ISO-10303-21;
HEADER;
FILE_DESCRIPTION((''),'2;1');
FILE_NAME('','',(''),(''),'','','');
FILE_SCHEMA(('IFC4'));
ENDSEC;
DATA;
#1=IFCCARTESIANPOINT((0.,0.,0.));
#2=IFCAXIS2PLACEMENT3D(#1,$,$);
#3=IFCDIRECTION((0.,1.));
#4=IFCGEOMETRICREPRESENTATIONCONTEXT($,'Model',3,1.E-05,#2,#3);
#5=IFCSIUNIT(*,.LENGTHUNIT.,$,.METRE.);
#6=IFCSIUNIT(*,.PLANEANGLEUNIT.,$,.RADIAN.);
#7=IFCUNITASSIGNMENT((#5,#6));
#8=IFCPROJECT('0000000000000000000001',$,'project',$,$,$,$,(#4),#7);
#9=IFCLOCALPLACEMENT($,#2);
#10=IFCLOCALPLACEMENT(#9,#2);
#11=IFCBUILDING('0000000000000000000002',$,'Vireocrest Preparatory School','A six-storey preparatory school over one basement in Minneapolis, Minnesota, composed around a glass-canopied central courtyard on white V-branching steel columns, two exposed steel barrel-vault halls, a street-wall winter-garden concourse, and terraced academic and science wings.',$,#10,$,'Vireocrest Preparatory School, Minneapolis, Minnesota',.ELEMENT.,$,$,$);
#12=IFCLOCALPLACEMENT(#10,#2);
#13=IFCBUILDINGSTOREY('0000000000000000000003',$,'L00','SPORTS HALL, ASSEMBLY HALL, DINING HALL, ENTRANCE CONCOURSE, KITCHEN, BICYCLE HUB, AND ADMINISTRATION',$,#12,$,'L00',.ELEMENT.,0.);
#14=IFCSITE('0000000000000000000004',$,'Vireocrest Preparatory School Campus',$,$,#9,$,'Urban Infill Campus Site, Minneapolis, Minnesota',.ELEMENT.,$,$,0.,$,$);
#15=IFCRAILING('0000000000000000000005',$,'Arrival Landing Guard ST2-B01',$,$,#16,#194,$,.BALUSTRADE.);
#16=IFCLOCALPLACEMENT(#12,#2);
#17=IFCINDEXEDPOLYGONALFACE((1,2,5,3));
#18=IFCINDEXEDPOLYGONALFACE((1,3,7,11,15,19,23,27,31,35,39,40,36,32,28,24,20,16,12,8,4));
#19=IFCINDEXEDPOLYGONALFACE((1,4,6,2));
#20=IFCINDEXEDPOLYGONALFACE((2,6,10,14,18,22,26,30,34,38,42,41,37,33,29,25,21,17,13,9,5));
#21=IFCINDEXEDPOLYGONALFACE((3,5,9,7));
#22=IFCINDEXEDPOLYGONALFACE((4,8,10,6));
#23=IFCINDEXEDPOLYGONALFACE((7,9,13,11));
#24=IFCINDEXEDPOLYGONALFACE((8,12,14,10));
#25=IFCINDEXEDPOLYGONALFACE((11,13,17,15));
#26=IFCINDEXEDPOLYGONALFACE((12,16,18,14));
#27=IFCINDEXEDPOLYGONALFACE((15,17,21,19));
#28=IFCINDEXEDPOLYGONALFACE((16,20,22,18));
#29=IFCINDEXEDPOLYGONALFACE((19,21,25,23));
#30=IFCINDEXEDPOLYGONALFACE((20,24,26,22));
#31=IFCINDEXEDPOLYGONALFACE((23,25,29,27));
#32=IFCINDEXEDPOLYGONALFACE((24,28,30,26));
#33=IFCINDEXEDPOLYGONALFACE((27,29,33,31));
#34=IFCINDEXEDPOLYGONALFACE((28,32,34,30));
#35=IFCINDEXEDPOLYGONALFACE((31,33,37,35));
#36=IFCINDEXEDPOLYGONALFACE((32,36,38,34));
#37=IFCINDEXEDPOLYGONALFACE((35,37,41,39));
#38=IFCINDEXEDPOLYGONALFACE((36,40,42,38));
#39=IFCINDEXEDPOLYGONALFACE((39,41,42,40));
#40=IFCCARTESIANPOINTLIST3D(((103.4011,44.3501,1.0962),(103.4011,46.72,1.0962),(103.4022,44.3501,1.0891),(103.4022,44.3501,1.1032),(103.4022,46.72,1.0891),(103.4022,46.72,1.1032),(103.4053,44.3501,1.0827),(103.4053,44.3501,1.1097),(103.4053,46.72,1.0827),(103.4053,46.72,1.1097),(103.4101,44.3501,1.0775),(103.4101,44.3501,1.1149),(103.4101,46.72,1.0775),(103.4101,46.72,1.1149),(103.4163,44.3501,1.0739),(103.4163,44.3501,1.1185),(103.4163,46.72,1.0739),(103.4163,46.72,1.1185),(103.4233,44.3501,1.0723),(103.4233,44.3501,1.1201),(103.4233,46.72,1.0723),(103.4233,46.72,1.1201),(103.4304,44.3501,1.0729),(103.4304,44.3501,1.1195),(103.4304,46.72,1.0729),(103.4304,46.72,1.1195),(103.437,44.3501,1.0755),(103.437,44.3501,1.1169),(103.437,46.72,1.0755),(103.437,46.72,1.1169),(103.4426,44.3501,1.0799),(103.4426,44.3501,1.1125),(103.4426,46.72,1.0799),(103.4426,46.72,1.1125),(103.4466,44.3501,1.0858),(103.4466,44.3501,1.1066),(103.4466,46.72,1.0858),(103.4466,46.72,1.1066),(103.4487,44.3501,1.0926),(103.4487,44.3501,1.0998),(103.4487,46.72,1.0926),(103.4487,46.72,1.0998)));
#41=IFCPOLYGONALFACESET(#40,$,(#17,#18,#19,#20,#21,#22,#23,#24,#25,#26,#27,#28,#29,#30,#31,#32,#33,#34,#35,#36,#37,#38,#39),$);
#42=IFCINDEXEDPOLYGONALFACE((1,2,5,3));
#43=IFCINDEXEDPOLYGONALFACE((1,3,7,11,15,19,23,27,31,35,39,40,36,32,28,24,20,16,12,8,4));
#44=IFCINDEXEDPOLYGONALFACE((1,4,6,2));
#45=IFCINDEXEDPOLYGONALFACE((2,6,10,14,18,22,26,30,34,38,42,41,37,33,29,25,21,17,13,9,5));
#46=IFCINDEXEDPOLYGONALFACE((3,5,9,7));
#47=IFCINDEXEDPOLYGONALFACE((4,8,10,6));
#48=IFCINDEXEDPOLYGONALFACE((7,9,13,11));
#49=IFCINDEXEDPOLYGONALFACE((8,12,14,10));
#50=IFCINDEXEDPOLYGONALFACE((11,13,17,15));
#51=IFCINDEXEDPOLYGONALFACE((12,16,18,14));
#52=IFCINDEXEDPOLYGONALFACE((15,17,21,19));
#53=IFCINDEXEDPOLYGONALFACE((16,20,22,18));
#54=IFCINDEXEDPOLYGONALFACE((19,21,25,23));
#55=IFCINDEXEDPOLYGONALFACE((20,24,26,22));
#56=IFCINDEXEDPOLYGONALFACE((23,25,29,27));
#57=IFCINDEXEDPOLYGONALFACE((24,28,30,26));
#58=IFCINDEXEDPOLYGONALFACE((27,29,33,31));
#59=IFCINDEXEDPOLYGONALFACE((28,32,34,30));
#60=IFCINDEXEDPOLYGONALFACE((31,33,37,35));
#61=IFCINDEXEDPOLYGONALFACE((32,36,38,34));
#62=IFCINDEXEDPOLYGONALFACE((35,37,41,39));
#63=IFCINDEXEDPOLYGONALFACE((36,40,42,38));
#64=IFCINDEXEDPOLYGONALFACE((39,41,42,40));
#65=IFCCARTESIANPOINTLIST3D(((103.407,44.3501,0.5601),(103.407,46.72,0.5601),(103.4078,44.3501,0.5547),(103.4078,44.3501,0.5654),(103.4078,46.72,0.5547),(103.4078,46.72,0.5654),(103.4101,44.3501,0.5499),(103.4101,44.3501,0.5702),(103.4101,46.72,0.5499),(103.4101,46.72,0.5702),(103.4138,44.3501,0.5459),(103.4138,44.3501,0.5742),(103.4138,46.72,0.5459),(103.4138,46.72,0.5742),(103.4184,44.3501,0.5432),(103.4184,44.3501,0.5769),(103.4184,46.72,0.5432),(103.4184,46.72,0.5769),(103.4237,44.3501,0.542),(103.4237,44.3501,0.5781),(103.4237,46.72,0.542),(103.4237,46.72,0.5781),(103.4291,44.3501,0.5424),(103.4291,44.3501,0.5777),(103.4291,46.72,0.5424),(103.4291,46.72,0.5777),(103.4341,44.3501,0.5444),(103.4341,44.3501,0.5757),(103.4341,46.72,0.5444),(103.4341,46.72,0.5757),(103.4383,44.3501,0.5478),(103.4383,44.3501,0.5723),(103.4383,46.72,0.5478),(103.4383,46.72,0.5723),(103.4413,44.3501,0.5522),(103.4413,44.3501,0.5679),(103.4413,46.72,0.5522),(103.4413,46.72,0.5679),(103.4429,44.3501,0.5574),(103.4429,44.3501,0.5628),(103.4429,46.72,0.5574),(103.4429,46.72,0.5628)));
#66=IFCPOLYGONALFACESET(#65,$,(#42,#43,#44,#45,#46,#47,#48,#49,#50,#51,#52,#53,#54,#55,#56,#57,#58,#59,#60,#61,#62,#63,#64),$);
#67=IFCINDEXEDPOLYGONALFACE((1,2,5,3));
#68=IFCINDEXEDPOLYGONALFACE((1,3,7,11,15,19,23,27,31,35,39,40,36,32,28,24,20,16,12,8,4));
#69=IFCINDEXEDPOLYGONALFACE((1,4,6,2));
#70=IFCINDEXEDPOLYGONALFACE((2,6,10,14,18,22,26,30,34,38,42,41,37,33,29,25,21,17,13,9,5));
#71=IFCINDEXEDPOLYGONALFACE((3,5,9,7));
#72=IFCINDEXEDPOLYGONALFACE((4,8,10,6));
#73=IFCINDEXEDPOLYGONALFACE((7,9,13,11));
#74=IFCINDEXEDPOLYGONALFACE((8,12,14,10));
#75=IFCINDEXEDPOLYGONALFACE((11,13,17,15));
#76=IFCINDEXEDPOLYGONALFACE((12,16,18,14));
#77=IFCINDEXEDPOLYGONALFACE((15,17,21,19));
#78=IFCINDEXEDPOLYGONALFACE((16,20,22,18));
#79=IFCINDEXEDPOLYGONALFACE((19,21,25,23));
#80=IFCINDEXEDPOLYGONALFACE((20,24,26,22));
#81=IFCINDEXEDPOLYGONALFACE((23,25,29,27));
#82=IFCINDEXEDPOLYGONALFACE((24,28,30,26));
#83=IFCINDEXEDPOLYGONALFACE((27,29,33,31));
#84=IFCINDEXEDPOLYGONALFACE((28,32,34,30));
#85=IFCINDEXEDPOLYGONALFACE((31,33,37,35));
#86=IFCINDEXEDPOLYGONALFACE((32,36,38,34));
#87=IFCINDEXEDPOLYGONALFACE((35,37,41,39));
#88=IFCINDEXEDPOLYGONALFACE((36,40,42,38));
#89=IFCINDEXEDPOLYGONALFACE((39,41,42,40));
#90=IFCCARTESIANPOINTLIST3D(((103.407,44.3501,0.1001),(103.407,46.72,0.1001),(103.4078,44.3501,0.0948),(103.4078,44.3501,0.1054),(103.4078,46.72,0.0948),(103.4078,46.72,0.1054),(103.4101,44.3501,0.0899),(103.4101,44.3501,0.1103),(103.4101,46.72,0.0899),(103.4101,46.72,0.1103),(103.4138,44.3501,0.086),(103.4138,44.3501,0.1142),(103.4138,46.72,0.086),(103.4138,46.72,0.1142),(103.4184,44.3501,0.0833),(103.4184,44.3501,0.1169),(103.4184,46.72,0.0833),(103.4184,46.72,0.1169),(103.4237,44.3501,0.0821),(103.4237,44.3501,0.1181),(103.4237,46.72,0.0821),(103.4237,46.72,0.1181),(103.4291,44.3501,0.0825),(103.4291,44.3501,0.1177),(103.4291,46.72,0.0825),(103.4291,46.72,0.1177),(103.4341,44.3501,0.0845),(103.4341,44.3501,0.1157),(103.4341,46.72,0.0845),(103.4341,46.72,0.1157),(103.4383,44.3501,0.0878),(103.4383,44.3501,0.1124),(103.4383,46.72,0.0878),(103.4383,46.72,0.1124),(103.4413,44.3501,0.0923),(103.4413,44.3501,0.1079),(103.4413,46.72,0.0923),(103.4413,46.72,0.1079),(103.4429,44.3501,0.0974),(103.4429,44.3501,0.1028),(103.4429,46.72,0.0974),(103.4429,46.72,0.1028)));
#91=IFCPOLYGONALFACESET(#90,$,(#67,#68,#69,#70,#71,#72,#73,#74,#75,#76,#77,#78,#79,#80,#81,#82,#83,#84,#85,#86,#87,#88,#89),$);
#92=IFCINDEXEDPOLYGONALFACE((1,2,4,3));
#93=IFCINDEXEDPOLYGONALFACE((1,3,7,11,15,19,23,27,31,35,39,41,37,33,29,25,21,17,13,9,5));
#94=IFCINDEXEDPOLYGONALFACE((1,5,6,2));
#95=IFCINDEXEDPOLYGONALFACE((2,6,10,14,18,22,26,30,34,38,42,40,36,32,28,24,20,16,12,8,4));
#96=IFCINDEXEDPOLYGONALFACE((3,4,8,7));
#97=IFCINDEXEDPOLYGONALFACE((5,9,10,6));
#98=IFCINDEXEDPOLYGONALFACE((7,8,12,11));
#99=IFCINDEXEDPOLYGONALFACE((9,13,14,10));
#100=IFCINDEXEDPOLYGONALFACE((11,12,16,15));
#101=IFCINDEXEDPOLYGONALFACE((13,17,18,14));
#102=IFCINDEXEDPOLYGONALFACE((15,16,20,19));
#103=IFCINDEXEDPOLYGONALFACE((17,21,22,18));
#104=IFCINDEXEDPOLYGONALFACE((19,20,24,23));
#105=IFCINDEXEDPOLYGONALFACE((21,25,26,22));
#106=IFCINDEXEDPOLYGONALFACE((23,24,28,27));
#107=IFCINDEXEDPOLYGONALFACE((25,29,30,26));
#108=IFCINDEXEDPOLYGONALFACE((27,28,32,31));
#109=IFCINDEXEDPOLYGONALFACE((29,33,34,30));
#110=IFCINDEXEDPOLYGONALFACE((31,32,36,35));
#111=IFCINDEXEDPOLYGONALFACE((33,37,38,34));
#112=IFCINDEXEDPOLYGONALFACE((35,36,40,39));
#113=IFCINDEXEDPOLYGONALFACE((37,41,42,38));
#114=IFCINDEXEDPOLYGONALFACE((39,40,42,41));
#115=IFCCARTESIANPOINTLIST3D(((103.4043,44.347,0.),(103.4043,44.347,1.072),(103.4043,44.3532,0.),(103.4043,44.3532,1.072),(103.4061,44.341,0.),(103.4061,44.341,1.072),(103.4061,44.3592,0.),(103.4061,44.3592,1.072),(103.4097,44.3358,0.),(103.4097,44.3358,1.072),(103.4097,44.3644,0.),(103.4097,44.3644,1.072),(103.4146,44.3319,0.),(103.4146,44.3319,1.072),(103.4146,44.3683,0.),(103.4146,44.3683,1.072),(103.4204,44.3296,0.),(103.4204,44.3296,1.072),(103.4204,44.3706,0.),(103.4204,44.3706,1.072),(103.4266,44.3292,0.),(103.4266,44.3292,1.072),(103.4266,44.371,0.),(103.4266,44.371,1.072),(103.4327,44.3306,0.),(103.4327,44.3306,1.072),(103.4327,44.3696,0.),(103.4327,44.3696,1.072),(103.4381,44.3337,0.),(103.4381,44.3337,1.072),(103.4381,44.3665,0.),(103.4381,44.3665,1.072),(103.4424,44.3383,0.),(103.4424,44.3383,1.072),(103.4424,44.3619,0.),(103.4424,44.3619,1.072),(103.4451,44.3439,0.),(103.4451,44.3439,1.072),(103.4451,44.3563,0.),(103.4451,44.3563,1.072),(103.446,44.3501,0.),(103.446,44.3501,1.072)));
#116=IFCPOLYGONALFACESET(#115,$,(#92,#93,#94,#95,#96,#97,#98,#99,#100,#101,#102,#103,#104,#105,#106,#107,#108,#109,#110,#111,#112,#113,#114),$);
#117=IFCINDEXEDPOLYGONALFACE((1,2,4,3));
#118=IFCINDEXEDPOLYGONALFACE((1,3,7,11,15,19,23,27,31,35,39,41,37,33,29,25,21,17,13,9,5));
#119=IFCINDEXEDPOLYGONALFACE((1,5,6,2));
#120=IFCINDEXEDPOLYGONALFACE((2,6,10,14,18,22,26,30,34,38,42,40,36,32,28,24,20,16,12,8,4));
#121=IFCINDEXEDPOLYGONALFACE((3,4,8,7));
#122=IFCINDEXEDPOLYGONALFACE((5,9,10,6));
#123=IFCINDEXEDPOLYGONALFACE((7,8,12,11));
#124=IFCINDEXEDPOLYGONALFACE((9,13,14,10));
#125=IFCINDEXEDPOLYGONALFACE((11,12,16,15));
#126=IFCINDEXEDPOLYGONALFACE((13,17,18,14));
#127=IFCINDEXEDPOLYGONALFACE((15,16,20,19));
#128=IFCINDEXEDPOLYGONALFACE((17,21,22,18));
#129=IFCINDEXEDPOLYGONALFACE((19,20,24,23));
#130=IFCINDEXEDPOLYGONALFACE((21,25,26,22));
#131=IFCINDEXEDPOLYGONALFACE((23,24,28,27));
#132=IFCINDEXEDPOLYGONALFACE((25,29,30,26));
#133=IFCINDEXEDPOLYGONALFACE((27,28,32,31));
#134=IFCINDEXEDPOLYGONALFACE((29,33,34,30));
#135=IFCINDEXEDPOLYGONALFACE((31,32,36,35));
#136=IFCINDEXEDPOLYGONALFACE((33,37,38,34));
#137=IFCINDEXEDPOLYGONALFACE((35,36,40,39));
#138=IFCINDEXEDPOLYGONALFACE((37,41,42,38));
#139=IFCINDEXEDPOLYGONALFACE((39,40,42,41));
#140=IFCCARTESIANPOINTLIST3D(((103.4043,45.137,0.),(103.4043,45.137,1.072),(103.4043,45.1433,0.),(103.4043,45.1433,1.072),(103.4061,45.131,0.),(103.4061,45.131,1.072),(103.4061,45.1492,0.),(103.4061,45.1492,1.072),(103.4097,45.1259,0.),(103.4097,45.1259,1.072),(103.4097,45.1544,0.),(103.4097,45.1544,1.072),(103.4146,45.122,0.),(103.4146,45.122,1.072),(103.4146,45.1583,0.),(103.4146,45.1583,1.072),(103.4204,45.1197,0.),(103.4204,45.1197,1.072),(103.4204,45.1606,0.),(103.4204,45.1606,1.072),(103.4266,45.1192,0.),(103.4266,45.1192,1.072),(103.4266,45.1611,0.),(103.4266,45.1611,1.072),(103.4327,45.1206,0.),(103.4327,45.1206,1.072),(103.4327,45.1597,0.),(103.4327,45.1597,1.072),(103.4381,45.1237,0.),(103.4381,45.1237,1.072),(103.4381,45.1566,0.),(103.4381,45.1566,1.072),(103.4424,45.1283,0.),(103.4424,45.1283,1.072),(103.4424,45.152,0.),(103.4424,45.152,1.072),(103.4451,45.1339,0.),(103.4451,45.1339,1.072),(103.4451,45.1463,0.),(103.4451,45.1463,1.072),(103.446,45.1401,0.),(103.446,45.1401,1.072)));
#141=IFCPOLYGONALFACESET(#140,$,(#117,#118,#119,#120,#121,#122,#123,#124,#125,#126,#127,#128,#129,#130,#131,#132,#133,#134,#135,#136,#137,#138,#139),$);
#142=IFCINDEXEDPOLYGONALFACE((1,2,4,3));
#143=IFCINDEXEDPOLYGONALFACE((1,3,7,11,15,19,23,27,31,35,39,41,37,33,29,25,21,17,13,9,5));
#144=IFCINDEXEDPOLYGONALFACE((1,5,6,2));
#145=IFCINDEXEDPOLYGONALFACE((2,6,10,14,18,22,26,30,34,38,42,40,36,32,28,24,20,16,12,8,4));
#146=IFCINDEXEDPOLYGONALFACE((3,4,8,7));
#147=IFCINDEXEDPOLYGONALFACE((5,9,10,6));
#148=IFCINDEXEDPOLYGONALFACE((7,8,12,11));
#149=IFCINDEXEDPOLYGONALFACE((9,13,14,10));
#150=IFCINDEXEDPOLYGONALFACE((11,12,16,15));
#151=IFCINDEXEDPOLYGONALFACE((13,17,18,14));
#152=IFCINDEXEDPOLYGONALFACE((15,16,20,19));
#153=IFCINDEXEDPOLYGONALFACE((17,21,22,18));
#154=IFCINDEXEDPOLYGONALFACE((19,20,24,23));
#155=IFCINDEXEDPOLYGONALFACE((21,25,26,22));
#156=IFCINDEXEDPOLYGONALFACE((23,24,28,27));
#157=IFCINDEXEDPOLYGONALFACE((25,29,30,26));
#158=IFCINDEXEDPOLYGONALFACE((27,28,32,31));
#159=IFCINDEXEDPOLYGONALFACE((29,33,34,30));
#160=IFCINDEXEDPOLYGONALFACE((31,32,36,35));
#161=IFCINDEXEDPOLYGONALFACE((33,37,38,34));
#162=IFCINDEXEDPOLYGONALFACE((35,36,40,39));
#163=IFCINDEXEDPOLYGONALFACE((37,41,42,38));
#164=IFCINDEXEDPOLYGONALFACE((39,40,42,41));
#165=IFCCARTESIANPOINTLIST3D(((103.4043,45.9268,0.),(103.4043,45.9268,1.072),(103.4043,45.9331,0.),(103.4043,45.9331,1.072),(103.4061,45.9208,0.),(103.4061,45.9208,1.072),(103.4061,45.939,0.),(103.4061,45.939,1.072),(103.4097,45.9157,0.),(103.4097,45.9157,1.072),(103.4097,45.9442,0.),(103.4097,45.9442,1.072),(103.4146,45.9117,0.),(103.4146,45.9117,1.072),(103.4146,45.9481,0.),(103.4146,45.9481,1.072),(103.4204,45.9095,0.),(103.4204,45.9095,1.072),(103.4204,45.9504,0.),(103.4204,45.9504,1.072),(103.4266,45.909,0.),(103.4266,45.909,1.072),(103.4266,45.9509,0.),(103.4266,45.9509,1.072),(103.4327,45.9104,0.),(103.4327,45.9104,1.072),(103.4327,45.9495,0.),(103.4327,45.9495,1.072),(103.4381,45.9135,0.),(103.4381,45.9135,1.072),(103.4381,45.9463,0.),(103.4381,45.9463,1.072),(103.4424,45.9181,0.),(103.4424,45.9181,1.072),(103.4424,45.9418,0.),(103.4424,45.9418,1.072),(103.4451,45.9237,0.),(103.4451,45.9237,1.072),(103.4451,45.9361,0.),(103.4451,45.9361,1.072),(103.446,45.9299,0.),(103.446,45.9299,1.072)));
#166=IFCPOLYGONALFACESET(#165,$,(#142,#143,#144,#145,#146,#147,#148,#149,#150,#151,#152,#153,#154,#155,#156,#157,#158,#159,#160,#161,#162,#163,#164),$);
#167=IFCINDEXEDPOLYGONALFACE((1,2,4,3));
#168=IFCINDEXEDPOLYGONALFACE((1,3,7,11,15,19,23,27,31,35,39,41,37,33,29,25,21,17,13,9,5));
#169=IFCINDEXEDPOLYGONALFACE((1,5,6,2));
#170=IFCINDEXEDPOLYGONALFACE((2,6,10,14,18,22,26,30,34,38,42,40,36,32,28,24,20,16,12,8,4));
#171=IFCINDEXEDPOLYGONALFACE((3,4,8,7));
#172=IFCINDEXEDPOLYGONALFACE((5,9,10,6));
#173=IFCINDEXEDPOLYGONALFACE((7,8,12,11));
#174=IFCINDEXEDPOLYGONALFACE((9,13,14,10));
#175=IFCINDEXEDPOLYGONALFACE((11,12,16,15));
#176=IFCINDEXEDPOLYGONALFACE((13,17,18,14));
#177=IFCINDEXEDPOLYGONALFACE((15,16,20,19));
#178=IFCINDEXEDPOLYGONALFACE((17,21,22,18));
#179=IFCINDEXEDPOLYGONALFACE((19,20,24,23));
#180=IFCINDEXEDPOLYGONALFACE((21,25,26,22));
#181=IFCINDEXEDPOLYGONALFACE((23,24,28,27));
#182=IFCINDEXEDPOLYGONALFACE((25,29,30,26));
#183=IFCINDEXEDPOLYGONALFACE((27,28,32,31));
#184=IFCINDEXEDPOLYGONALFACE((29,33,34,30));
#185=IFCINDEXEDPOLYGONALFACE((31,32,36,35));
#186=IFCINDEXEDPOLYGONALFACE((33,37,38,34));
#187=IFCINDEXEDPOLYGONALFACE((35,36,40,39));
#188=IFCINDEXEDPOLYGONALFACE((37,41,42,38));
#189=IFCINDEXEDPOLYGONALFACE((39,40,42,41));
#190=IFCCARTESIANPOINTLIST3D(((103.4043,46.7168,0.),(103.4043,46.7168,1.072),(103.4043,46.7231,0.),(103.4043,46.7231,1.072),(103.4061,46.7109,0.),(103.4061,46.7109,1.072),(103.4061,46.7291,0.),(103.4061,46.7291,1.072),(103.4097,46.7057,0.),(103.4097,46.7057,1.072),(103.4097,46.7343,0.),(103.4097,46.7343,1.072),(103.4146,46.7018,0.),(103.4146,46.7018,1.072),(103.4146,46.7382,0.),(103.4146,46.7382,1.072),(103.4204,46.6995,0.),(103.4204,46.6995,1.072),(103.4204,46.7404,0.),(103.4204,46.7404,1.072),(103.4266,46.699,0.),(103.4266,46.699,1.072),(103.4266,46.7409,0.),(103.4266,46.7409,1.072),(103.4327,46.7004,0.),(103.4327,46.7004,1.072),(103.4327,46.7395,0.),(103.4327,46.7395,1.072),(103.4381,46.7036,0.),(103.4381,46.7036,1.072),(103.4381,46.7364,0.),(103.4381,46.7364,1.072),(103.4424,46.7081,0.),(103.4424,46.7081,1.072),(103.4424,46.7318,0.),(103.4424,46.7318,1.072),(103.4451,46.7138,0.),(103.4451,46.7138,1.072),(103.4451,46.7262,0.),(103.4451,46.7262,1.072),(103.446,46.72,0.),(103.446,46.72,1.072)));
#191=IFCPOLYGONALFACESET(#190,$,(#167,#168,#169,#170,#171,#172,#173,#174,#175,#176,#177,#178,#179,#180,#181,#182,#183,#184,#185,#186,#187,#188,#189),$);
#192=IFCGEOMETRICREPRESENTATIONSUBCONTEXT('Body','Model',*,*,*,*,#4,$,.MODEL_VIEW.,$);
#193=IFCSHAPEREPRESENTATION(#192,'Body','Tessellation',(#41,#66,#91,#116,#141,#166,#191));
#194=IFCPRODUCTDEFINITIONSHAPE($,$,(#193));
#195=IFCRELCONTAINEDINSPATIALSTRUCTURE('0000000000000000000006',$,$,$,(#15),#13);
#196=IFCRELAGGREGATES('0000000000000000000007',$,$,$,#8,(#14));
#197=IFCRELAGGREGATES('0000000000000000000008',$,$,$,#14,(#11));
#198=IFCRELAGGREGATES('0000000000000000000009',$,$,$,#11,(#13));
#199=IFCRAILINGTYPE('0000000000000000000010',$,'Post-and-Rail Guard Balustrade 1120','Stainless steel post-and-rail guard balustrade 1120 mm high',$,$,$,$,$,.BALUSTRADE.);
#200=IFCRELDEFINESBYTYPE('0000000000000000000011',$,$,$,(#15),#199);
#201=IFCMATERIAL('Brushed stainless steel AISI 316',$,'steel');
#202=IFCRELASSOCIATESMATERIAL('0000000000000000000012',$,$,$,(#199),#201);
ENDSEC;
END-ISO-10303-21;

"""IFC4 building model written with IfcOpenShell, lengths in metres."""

from ifc_helpers import new_model, si_unit, direction, frame, origin, origin_2d, place, context, subcontext, project, spatial, circle, extrude, material, type_object, element, save


model = new_model("IFC4")

# Units and contexts
model_context = context("Model", 3, precision=1e-05, world=origin(), true_north=direction((0.0, 1.0)))
body_context = subcontext(model_context, "Body", "Model", "MODEL_VIEW")
ifc_project = project(units=[si_unit("LENGTHUNIT", "METRE"), si_unit("PLANEANGLEUNIT", "RADIAN")], contexts=[model_context])

# Site, building, storey
site_placement = place(None, origin())
site = spatial("IfcSite", under=ifc_project, at=site_placement, Name="Vireocrest Preparatory School Campus", LongName="Urban Infill Campus Site, Minneapolis, Minnesota", CompositionType="ELEMENT", RefElevation=0.0)
building_placement = place(site_placement, origin())
building = spatial("IfcBuilding", under=site, at=building_placement, Name="Vireocrest Preparatory School", Description="A six-storey preparatory school over one basement in Minneapolis, Minnesota, composed around a glass-canopied central courtyard on white V-branching steel columns, two exposed steel barrel-vault halls, a street-wall winter-garden concourse, and terraced academic and science wings.", LongName="Vireocrest Preparatory School, Minneapolis, Minnesota", CompositionType="ELEMENT")
storey_placement = place(building_placement, origin())
storey = spatial("IfcBuildingStorey", under=building, at=storey_placement, Name="L00", Description="SPORTS HALL, ASSEMBLY HALL, DINING HALL, ENTRANCE CONCOURSE, KITCHEN, BICYCLE HUB, AND ADMINISTRATION", LongName="L00", CompositionType="ELEMENT", Elevation=0.0)

# Railing
ifc_material_1 = material(Name="Brushed stainless steel AISI 316", Category="steel")
railing_type_1 = type_object("IfcRailingType", Name="Post-and-Rail Guard Balustrade 1120", Description="Stainless steel post-and-rail guard balustrade 1120 mm high", PredefinedType="BALUSTRADE", material=ifc_material_1)
railing_1_placement = place(storey_placement, frame((103.425, 44.3501, 0.0)))
element("IfcRailing", 1, at=railing_1_placement, inside=storey, type_object=railing_type_1, Name="Arrival Landing Guard ST2-B01", PredefinedType="BALUSTRADE", context=body_context, shape_type="SweptSolid", body=[
    extrude(circle(Radius=0.0239, at=origin_2d()), frame((0.0, 0.0, 1.0962), z_axis=(0.0, 1.0, 0.0), x_axis=(-1.0, 0.0, 0.0)), (0.0, 0.0, 1.0), 2.3699),
    extrude(circle(Radius=0.0181, at=origin_2d()), frame((0.0, 0.0, 0.5601), z_axis=(0.0, 1.0, 0.0), x_axis=(-1.0, 0.0, 0.0)), (0.0, 0.0, 1.0), 2.3699),
    extrude(circle(Radius=0.0181, at=origin_2d()), frame((0.0, 0.0, 0.1001), z_axis=(0.0, 1.0, 0.0), x_axis=(-1.0, 0.0, 0.0)), (0.0, 0.0, 1.0), 2.3699),
    extrude(circle(Radius=0.021, at=origin_2d()), origin(), (0.0, 0.0, 1.0), 1.072),
    extrude(circle(Radius=0.021, at=origin_2d()), frame((0.0, 0.79, 0.0)), (0.0, 0.0, 1.0), 1.072),
    extrude(circle(Radius=0.021, at=origin_2d()), frame((0.0, 1.5798, 0.0)), (0.0, 0.0, 1.0), 1.072),
    extrude(circle(Radius=0.021, at=origin_2d()), frame((0.0, 2.3699, 0.0)), (0.0, 0.0, 1.0), 1.072),
])

save(model, "model.ifc")
